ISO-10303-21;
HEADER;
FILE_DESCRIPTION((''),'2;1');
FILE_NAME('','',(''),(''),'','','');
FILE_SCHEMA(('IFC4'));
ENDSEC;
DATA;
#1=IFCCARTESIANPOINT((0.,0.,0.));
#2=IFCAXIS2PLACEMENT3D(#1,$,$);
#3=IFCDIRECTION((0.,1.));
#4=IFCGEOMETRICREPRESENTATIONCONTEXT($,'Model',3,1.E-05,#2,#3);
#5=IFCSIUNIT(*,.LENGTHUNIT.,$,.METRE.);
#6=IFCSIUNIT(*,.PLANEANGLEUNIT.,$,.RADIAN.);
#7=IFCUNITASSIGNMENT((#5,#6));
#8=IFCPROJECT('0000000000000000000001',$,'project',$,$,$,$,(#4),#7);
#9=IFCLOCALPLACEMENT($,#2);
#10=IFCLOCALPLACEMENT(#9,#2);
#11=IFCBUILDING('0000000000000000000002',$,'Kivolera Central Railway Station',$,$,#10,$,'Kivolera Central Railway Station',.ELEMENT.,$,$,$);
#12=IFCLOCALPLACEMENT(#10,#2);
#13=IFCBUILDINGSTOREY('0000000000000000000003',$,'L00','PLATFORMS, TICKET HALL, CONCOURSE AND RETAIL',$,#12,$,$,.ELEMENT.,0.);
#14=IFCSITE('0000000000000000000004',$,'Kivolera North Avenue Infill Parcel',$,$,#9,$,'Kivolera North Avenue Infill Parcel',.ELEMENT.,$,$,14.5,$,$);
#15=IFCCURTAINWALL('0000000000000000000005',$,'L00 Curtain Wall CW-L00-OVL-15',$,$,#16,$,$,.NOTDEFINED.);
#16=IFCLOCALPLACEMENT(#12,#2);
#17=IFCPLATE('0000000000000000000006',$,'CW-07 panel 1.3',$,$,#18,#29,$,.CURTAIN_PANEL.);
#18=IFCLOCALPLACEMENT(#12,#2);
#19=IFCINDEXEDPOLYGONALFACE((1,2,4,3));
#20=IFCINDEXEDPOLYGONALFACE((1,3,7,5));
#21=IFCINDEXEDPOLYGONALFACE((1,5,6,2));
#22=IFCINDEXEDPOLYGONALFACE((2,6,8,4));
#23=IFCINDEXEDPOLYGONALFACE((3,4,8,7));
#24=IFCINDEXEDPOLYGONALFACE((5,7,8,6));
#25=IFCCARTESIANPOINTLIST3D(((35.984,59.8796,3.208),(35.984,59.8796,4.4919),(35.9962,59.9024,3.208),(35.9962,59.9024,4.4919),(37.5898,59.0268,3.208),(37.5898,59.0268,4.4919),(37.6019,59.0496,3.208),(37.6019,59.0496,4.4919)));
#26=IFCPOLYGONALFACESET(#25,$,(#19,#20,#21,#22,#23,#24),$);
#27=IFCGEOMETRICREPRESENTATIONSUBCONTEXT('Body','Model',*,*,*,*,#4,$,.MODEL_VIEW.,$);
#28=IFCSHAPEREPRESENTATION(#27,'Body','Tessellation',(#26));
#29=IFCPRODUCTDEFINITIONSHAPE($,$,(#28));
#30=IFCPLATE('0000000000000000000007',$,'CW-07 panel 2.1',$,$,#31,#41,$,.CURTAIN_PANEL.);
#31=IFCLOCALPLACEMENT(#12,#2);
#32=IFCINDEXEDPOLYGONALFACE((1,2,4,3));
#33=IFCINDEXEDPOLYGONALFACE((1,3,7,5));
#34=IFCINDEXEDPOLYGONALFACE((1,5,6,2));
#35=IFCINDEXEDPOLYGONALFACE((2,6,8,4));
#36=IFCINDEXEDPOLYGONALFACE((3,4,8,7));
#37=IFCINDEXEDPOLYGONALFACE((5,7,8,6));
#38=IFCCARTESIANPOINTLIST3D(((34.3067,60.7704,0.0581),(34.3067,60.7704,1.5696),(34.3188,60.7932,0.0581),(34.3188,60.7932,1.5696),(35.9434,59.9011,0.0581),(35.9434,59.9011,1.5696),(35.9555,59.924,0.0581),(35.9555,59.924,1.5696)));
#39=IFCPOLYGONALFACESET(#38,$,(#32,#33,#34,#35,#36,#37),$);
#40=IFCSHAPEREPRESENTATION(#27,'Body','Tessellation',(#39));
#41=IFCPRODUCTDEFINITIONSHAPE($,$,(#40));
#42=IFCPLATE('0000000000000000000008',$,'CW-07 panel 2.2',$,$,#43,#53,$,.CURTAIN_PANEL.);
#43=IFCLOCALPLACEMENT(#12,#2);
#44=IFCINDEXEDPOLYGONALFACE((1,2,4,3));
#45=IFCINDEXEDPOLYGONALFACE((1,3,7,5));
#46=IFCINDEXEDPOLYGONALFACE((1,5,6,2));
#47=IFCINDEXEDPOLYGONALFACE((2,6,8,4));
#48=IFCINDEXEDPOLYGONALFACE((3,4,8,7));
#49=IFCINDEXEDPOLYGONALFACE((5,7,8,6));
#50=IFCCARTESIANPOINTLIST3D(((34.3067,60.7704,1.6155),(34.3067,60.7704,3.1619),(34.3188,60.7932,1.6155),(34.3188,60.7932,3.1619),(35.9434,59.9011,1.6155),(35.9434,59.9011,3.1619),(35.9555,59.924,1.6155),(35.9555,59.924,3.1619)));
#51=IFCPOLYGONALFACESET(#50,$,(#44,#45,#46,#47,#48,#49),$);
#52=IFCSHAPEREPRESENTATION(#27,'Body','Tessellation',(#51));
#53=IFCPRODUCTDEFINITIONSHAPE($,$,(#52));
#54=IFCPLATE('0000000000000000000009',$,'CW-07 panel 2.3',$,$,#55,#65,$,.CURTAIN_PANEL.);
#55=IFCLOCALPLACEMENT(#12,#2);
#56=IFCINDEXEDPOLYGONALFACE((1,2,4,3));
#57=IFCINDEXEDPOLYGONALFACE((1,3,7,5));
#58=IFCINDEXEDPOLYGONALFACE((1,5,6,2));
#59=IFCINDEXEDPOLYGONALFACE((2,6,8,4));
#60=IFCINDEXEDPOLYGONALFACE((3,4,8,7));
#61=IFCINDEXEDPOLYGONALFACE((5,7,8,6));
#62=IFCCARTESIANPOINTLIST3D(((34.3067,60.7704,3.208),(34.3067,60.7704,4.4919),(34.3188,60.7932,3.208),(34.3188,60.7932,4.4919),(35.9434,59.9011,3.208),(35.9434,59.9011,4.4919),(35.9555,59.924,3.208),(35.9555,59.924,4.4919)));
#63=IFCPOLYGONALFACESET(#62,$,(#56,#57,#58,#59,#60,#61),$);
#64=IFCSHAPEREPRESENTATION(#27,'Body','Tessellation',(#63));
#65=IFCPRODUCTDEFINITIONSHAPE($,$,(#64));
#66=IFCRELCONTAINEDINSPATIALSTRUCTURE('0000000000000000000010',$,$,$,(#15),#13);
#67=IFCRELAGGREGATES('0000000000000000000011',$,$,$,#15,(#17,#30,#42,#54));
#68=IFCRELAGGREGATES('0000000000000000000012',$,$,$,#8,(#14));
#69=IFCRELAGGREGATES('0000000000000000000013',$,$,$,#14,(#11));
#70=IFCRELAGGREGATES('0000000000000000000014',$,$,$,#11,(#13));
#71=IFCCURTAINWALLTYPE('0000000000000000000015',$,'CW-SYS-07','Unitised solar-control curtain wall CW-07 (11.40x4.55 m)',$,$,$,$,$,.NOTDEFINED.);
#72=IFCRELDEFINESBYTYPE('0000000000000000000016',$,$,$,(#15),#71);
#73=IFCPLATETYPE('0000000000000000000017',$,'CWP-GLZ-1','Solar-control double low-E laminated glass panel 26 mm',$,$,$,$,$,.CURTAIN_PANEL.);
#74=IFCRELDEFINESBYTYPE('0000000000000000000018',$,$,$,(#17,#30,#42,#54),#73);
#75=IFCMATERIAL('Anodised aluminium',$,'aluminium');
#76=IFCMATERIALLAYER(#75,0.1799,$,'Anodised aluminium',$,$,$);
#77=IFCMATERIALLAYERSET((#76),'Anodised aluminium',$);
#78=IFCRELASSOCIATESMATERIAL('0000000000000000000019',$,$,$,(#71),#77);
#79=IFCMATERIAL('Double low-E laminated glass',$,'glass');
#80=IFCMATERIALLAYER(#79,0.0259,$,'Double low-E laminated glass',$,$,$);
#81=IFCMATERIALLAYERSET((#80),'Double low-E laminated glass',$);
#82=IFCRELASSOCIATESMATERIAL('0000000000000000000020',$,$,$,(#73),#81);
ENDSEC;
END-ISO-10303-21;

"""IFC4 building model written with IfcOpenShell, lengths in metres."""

from ifc_helpers import new_model, si_unit, direction, frame, origin, origin_2d, place, context, subcontext, project, spatial, rectangle, extrude, material, layer, layer_set, type_object, element, aggregate, save


model = new_model("IFC4")

# Units and contexts
model_context = context("Model", 3, precision=1e-05, world=origin(), true_north=direction((0.0, 1.0)))
body_context = subcontext(model_context, "Body", "Model", "MODEL_VIEW")
ifc_project = project(units=[si_unit("LENGTHUNIT", "METRE"), si_unit("PLANEANGLEUNIT", "RADIAN")], contexts=[model_context])

# Site, building, storey
site_placement = place(None, origin())
site = spatial("IfcSite", under=ifc_project, at=site_placement, Name="Kivolera North Avenue Infill Parcel", LongName="Kivolera North Avenue Infill Parcel", CompositionType="ELEMENT", RefElevation=14.5)
building_placement = place(site_placement, origin())
building = spatial("IfcBuilding", under=site, at=building_placement, Name="Kivolera Central Railway Station", LongName="Kivolera Central Railway Station", CompositionType="ELEMENT")
storey_placement = place(building_placement, origin())
storey = spatial("IfcBuildingStorey", under=building, at=storey_placement, Name="L00", Description="PLATFORMS, TICKET HALL, CONCOURSE AND RETAIL", CompositionType="ELEMENT", Elevation=0.0)

# Curtain wall, plates
ifc_material_1 = material(Name="Anodised aluminium", Category="aluminium")
ifc_layer_1 = layer(ifc_material_1, 0.1799, Name="Anodised aluminium")
ifc_layer_set_1 = layer_set([ifc_layer_1], Name="Anodised aluminium")
curtain_wall_type = type_object("IfcCurtainWallType", Name="CW-SYS-07", Description="Unitised solar-control curtain wall CW-07 (11.40x4.55 m)", PredefinedType="NOTDEFINED", material=ifc_layer_set_1)
curtain_wall_placement = place(storey_placement, origin())
curtain_wall = element("IfcCurtainWall", 1, at=curtain_wall_placement, inside=storey, type_object=curtain_wall_type, Name="L00 Curtain Wall CW-L00-OVL-15", PredefinedType="NOTDEFINED")
ifc_material_2 = material(Name="Double low-E laminated glass", Category="glass")
ifc_layer_2 = layer(ifc_material_2, 0.0259, Name="Double low-E laminated glass")
ifc_layer_set_2 = layer_set([ifc_layer_2], Name="Double low-E laminated glass")
plate_type = type_object("IfcPlateType", Name="CWP-GLZ-1", Description="Solar-control double low-E laminated glass panel 26 mm", PredefinedType="CURTAIN_PANEL", material=ifc_layer_set_2)
plate_1_placement = place(storey_placement, frame((36.793, 59.4646, 3.208), z_axis=(0.0, 0.0, 1.0), x_axis=(-0.88317, 0.469053, 0.0)))
plate_1 = element("IfcPlate", 2, at=plate_1_placement, type_object=plate_type, Name="CW-07 panel 1.3", PredefinedType="CURTAIN_PANEL", context=body_context, shape_type="SweptSolid", body=[
    extrude(rectangle(XDim=1.8181, YDim=0.0259, at=origin_2d()), origin(), (0.0, 0.0, 1.0), 1.2839),
])
plate_2_placement = place(storey_placement, frame((35.1311, 60.3472, 0.0581), z_axis=(0.0, 0.0, 1.0), x_axis=(-0.88317, 0.469053, 0.0)))
plate_2 = element("IfcPlate", 3, at=plate_2_placement, type_object=plate_type, Name="CW-07 panel 2.1", PredefinedType="CURTAIN_PANEL", context=body_context, shape_type="SweptSolid", body=[
    extrude(rectangle(XDim=1.8533, YDim=0.0259, at=origin_2d()), origin(), (0.0, 0.0, 1.0), 1.5115),
])
plate_3_placement = place(storey_placement, frame((35.1311, 60.3472, 1.6155), z_axis=(0.0, 0.0, 1.0), x_axis=(-0.88317, 0.469053, 0.0)))
plate_3 = element("IfcPlate", 4, at=plate_3_placement, type_object=plate_type, Name="CW-07 panel 2.2", PredefinedType="CURTAIN_PANEL", context=body_context, shape_type="SweptSolid", body=[
    extrude(rectangle(XDim=1.8533, YDim=0.0259, at=origin_2d()), origin(), (0.0, 0.0, 1.0), 1.5464),
])
plate_4_placement = place(storey_placement, frame((35.1311, 60.3472, 3.208), z_axis=(0.0, 0.0, 1.0), x_axis=(-0.88317, 0.469053, 0.0)))
plate_4 = element("IfcPlate", 5, at=plate_4_placement, type_object=plate_type, Name="CW-07 panel 2.3", PredefinedType="CURTAIN_PANEL", context=body_context, shape_type="SweptSolid", body=[
    extrude(rectangle(XDim=1.8533, YDim=0.0259, at=origin_2d()), origin(), (0.0, 0.0, 1.0), 1.2839),
])
aggregate(curtain_wall, [plate_1, plate_2, plate_3, plate_4])

save(model, "model.ifc")
